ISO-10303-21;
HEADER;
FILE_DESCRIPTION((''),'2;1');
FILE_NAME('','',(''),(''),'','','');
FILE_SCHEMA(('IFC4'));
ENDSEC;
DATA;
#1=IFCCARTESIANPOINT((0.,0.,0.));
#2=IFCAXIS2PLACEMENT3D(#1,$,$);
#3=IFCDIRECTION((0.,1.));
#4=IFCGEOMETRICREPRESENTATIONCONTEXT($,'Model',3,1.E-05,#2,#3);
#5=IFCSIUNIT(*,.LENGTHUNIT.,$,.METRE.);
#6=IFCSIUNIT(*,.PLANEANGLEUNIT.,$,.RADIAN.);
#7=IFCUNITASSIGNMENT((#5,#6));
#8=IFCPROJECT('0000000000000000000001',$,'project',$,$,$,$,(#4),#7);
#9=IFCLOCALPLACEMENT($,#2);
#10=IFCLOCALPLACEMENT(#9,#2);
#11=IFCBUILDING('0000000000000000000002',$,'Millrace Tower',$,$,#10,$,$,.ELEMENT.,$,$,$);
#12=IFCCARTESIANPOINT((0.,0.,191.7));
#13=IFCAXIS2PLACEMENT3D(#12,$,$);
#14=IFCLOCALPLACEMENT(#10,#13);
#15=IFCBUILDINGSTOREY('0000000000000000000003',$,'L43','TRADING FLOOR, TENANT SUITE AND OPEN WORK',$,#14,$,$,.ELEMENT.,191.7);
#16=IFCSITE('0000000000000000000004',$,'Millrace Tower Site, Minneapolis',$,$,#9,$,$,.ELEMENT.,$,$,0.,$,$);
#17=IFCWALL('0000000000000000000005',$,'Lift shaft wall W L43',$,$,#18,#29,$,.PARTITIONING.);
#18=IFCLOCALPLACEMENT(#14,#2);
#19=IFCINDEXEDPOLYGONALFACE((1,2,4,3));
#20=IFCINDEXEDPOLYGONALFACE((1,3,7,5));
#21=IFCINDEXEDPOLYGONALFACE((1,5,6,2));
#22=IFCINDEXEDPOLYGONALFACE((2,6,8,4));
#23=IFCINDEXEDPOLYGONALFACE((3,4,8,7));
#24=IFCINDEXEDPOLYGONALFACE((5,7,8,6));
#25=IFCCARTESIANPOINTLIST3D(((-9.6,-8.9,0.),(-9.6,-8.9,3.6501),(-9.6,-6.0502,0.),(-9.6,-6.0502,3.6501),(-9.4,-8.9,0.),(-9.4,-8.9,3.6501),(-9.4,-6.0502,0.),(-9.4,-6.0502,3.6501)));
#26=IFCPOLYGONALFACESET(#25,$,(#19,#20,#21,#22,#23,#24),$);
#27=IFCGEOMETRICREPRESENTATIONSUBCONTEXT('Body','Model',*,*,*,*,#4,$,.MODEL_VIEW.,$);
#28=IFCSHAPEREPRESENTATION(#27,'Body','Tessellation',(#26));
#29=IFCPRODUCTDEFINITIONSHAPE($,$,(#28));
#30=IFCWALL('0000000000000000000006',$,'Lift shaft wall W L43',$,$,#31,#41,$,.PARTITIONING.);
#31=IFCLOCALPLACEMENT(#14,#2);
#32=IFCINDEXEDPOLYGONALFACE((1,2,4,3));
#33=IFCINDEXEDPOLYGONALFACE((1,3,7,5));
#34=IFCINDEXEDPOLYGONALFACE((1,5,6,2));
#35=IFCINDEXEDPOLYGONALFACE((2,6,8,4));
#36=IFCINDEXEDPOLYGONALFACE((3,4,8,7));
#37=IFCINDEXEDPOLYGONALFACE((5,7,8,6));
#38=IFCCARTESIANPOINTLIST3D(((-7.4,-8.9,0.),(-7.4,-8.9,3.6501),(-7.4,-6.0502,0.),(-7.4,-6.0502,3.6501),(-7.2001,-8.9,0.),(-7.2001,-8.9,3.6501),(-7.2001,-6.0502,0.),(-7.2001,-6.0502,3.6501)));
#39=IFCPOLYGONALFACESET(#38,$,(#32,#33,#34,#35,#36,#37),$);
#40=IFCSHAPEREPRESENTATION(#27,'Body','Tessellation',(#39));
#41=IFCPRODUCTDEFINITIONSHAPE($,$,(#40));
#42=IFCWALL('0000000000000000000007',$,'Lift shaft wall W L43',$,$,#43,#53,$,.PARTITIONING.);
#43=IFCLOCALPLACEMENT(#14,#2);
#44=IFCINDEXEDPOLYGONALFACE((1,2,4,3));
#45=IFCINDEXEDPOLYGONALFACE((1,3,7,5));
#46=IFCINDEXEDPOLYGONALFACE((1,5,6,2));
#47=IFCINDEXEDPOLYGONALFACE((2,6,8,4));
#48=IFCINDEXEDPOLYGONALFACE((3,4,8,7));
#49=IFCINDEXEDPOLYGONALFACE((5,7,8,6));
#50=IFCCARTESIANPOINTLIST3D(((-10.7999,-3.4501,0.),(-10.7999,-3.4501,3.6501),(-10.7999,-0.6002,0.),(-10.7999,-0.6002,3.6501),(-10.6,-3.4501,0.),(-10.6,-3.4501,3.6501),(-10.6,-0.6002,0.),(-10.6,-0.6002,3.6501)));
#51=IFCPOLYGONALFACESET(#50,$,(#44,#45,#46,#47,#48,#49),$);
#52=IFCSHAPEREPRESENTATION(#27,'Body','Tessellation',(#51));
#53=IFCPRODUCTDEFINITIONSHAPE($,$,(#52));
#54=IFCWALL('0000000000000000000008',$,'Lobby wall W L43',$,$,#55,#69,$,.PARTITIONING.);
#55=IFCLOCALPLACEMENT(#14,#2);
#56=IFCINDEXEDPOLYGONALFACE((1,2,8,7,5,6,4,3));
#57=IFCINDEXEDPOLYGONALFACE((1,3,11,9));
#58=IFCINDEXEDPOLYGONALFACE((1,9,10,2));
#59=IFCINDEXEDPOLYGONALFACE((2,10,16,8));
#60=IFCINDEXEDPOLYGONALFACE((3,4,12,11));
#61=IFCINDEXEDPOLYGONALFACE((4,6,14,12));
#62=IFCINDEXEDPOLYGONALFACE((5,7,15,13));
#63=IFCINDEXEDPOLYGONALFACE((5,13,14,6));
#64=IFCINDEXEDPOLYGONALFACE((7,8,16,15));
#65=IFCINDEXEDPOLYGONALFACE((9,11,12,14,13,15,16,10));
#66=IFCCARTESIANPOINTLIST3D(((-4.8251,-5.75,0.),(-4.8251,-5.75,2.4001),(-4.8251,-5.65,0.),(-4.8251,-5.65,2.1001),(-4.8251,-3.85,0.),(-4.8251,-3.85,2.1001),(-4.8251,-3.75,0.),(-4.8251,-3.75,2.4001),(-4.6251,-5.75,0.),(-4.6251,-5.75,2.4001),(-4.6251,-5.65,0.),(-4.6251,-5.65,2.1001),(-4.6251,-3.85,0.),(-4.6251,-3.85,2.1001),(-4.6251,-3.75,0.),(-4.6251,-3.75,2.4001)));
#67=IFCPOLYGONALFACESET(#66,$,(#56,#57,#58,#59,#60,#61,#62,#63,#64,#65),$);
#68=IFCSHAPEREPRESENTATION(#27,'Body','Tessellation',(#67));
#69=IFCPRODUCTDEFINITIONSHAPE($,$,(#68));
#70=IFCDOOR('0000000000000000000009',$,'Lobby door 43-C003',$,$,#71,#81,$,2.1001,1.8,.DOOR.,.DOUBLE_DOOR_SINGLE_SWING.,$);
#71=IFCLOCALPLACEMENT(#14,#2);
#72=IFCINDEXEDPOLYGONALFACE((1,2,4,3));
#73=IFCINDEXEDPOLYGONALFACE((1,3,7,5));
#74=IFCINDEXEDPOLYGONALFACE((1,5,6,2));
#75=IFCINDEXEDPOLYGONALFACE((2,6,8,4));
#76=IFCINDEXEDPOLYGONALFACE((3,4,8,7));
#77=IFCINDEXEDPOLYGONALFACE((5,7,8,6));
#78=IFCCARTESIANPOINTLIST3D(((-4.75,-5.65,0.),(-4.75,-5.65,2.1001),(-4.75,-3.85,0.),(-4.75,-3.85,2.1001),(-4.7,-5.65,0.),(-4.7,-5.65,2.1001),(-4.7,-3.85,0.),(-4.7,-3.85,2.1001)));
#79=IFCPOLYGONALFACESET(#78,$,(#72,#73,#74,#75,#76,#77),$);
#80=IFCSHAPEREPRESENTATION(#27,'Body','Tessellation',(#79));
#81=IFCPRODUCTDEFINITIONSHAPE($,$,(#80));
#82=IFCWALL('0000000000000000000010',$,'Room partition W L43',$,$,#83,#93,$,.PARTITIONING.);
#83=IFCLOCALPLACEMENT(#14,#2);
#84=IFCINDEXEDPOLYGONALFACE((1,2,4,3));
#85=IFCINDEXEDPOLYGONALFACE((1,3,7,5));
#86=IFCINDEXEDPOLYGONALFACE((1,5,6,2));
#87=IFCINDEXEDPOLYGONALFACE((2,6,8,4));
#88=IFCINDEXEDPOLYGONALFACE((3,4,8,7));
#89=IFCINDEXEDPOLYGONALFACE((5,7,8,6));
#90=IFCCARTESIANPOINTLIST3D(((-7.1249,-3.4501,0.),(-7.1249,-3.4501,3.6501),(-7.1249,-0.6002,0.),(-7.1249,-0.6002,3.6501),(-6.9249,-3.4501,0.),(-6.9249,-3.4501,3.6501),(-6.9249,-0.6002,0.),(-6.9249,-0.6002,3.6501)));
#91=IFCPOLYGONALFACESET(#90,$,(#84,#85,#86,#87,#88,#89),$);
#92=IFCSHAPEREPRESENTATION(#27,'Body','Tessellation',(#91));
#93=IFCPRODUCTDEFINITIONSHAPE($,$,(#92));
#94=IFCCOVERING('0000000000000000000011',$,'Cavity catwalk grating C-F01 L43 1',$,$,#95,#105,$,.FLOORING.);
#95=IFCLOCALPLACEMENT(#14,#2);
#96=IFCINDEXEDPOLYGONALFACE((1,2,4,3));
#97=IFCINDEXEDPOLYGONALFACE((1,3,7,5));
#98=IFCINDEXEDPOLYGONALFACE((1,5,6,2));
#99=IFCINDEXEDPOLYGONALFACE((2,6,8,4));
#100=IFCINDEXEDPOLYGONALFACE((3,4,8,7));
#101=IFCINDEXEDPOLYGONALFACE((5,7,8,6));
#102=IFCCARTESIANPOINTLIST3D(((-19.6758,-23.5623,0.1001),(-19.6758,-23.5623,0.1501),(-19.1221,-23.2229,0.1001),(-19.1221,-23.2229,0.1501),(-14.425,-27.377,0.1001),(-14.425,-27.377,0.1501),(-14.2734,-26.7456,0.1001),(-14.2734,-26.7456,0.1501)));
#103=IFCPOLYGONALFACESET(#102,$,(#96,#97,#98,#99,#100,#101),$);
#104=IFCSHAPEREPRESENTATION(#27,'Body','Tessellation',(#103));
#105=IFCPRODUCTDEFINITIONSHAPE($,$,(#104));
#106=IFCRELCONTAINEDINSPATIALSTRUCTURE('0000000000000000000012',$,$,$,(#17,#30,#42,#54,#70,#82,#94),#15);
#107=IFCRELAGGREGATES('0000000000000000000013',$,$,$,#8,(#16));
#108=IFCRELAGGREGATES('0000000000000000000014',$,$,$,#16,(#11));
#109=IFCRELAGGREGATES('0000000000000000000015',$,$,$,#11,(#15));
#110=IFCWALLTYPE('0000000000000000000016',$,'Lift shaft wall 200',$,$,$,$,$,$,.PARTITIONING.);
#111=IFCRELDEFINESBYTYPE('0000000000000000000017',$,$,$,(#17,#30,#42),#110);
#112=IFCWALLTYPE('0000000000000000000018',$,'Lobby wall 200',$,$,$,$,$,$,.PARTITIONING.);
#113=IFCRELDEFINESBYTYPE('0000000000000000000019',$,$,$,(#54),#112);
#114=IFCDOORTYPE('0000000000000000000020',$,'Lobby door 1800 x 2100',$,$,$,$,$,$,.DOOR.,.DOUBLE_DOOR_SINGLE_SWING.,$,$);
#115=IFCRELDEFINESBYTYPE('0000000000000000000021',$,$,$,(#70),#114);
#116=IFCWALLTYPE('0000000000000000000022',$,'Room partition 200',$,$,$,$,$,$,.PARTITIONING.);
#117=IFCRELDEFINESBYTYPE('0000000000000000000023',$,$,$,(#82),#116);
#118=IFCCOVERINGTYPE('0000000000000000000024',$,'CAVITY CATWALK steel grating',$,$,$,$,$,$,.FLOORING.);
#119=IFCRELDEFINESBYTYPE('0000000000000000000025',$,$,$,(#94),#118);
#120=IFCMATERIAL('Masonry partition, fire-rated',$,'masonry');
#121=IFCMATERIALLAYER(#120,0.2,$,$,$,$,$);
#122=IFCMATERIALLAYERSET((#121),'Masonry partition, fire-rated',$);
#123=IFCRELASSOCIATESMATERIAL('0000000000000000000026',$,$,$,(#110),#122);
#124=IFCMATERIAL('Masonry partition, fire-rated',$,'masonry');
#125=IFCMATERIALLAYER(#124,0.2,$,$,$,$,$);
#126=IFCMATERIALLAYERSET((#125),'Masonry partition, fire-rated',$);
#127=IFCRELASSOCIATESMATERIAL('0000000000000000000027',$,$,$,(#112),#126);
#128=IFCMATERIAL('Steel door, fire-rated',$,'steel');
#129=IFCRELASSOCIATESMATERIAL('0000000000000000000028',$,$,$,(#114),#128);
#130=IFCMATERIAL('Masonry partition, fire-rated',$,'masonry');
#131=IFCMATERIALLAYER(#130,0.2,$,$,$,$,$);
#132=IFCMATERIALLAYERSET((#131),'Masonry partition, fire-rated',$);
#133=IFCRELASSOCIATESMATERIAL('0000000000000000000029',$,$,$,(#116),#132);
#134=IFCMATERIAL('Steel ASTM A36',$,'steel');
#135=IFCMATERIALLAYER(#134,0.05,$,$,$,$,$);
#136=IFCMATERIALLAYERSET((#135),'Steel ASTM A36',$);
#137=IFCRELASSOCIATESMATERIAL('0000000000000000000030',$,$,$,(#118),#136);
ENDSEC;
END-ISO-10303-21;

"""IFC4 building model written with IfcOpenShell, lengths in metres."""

from ifc_helpers import new_model, si_unit, direction, frame, frame_2d, origin, place, context, subcontext, project, spatial, polyline, rectangle, outline, extrude, material, layer, layer_set, type_object, element, fill, save


model = new_model("IFC4")

# Units and contexts
model_context = context("Model", 3, precision=1e-05, world=origin(), true_north=direction((0.0, 1.0)))
body_context = subcontext(model_context, "Body", "Model", "MODEL_VIEW")
ifc_project = project(units=[si_unit("LENGTHUNIT", "METRE"), si_unit("PLANEANGLEUNIT", "RADIAN")], contexts=[model_context])

# Site, building, storey
site_placement = place(None, origin())
site = spatial("IfcSite", under=ifc_project, at=site_placement, Name="Millrace Tower Site, Minneapolis", CompositionType="ELEMENT", RefElevation=0.0)
building_placement = place(site_placement, origin())
building = spatial("IfcBuilding", under=site, at=building_placement, Name="Millrace Tower", CompositionType="ELEMENT")
storey_placement = place(building_placement, frame((0.0, 0.0, 191.7)))
storey = spatial("IfcBuildingStorey", under=building, at=storey_placement, Name="L43", Description="TRADING FLOOR, TENANT SUITE AND OPEN WORK", CompositionType="ELEMENT", Elevation=191.7)

# Walls
ifc_material_1 = material(Name="Masonry partition, fire-rated", Category="masonry")
ifc_layer_1 = layer(ifc_material_1, 0.2)
ifc_layer_set_1 = layer_set([ifc_layer_1], Name="Masonry partition, fire-rated")
wall_type_1 = type_object("IfcWallType", Name="Lift shaft wall 200", PredefinedType="PARTITIONING", material=ifc_layer_set_1)
for number, where, z_axis, x_axis, name in (
    (1, (-9.5, -8.8999, 0.0), (0.0, 0.0, 1.0), (0.0, 1.0, 0.0), "Lift shaft wall W L43"),
    (2, (-7.3, -8.8999, 0.0), (0.0, 0.0, 1.0), (0.0, 1.0, 0.0), "Lift shaft wall W L43"),
    (3, (-10.7, -3.45, 0.0), (0.0, 0.0, 1.0), (0.0, 1.0, 0.0), "Lift shaft wall W L43"),
):
    element("IfcWall", number, at=place(storey_placement, frame(where, z_axis=z_axis, x_axis=x_axis)), inside=storey, type_object=wall_type_1, Name=name, PredefinedType="PARTITIONING", context=body_context, shape_type="SweptSolid", body=[
        extrude(rectangle(XDim=2.8499, YDim=0.2, at=frame_2d((1.4248, 0.0))), origin(), (0.0, 0.0, 1.0), 3.6501),
    ])

# Wall, opening, door
ifc_material_2 = material(Name="Masonry partition, fire-rated", Category="masonry")
ifc_layer_2 = layer(ifc_material_2, 0.2)
ifc_layer_set_2 = layer_set([ifc_layer_2], Name="Masonry partition, fire-rated")
wall_type_2 = type_object("IfcWallType", Name="Lobby wall 200", PredefinedType="PARTITIONING", material=ifc_layer_set_2)
wall_1_placement = place(storey_placement, frame((-4.7251, -5.75, 0.0), z_axis=(0.0, 0.0, 1.0), x_axis=(0.0, 1.0, 0.0)))
wall_1 = element("IfcWall", 4, at=wall_1_placement, inside=storey, type_object=wall_type_2, Name="Lobby wall W L43", PredefinedType="PARTITIONING", context=body_context, shape_type="SweptSolid", body=[
    extrude(rectangle(XDim=2.0, YDim=0.2, at=frame_2d((1.0, 0.0))), origin(), (0.0, 0.0, 1.0), 2.4001),
])
opening_1_placement = place(wall_1_placement, frame((0.1001, 0.0, 0.0)))
opening_1 = element("IfcOpeningElement", 5, at=opening_1_placement, cuts=wall_1, PredefinedType="OPENING", context=body_context, shape_type="SweptSolid", body=[
    extrude(rectangle(XDim=1.8, YDim=2.1001, at=frame_2d((0.8999, 1.05))), frame((0.0, 0.1099, 0.0), z_axis=(0.0, -1.0, 0.0), x_axis=(1.0, 0.0, 0.0)), (0.0, 0.0, 1.0), 0.22),
])
ifc_material_3 = material(Name="Steel door, fire-rated", Category="steel")
door_type_1 = type_object("IfcDoorType", Name="Lobby door 1800 x 2100", OperationType="DOUBLE_DOOR_SINGLE_SWING", PredefinedType="DOOR", material=ifc_material_3)
door_1_placement = place(opening_1_placement, origin())
door_1 = element("IfcDoor", 6, at=door_1_placement, inside=storey, type_object=door_type_1, Name="Lobby door 43-C003", OperationType="DOUBLE_DOOR_SINGLE_SWING", OverallHeight=2.1001, OverallWidth=1.8, PredefinedType="DOOR", context=body_context, shape_type="SweptSolid", body=[
    extrude(rectangle(XDim=1.8, YDim=2.1001, at=frame_2d((0.8999, 1.05))), frame((0.0, 0.0249, 0.0), z_axis=(0.0, -1.0, 0.0), x_axis=(1.0, 0.0, 0.0)), (0.0, 0.0, 1.0), 0.05),
])
fill(opening_1, door_1)

# Wall
ifc_material_4 = material(Name="Masonry partition, fire-rated", Category="masonry")
ifc_layer_3 = layer(ifc_material_4, 0.2)
ifc_layer_set_3 = layer_set([ifc_layer_3], Name="Masonry partition, fire-rated")
wall_type_3 = type_object("IfcWallType", Name="Room partition 200", PredefinedType="PARTITIONING", material=ifc_layer_set_3)
wall_2_placement = place(storey_placement, frame((-7.0249, -3.45, 0.0), z_axis=(0.0, 0.0, 1.0), x_axis=(0.0, 1.0, 0.0)))
element("IfcWall", 7, at=wall_2_placement, inside=storey, type_object=wall_type_3, Name="Room partition W L43", PredefinedType="PARTITIONING", context=body_context, shape_type="SweptSolid", body=[
    extrude(rectangle(XDim=2.8499, YDim=0.2, at=frame_2d((1.4248, 0.0))), origin(), (0.0, 0.0, 1.0), 3.6501),
])

# Covering
ifc_material_5 = material(Name="Steel ASTM A36", Category="steel")
ifc_layer_4 = layer(ifc_material_5, 0.05)
ifc_layer_set_4 = layer_set([ifc_layer_4], Name="Steel ASTM A36")
covering_type = type_object("IfcCoveringType", Name="CAVITY CATWALK steel grating", PredefinedType="FLOORING", material=ifc_layer_set_4)
covering_placement = place(storey_placement, frame((0.0, 0.0, 0.1001)))
element("IfcCovering", 8, at=covering_placement, inside=storey, type_object=covering_type, Name="Cavity catwalk grating C-F01 L43 1", PredefinedType="FLOORING", context=body_context, shape_type="SweptSolid", body=[
    extrude(outline(polyline([(-19.6758, -23.5623), (-14.425, -27.377), (-14.2734, -26.7456), (-19.1221, -23.2229), (-19.6758, -23.5623)])), origin(), (0.0, 0.0, 1.0), 0.05),
])

save(model, "model.ifc")
